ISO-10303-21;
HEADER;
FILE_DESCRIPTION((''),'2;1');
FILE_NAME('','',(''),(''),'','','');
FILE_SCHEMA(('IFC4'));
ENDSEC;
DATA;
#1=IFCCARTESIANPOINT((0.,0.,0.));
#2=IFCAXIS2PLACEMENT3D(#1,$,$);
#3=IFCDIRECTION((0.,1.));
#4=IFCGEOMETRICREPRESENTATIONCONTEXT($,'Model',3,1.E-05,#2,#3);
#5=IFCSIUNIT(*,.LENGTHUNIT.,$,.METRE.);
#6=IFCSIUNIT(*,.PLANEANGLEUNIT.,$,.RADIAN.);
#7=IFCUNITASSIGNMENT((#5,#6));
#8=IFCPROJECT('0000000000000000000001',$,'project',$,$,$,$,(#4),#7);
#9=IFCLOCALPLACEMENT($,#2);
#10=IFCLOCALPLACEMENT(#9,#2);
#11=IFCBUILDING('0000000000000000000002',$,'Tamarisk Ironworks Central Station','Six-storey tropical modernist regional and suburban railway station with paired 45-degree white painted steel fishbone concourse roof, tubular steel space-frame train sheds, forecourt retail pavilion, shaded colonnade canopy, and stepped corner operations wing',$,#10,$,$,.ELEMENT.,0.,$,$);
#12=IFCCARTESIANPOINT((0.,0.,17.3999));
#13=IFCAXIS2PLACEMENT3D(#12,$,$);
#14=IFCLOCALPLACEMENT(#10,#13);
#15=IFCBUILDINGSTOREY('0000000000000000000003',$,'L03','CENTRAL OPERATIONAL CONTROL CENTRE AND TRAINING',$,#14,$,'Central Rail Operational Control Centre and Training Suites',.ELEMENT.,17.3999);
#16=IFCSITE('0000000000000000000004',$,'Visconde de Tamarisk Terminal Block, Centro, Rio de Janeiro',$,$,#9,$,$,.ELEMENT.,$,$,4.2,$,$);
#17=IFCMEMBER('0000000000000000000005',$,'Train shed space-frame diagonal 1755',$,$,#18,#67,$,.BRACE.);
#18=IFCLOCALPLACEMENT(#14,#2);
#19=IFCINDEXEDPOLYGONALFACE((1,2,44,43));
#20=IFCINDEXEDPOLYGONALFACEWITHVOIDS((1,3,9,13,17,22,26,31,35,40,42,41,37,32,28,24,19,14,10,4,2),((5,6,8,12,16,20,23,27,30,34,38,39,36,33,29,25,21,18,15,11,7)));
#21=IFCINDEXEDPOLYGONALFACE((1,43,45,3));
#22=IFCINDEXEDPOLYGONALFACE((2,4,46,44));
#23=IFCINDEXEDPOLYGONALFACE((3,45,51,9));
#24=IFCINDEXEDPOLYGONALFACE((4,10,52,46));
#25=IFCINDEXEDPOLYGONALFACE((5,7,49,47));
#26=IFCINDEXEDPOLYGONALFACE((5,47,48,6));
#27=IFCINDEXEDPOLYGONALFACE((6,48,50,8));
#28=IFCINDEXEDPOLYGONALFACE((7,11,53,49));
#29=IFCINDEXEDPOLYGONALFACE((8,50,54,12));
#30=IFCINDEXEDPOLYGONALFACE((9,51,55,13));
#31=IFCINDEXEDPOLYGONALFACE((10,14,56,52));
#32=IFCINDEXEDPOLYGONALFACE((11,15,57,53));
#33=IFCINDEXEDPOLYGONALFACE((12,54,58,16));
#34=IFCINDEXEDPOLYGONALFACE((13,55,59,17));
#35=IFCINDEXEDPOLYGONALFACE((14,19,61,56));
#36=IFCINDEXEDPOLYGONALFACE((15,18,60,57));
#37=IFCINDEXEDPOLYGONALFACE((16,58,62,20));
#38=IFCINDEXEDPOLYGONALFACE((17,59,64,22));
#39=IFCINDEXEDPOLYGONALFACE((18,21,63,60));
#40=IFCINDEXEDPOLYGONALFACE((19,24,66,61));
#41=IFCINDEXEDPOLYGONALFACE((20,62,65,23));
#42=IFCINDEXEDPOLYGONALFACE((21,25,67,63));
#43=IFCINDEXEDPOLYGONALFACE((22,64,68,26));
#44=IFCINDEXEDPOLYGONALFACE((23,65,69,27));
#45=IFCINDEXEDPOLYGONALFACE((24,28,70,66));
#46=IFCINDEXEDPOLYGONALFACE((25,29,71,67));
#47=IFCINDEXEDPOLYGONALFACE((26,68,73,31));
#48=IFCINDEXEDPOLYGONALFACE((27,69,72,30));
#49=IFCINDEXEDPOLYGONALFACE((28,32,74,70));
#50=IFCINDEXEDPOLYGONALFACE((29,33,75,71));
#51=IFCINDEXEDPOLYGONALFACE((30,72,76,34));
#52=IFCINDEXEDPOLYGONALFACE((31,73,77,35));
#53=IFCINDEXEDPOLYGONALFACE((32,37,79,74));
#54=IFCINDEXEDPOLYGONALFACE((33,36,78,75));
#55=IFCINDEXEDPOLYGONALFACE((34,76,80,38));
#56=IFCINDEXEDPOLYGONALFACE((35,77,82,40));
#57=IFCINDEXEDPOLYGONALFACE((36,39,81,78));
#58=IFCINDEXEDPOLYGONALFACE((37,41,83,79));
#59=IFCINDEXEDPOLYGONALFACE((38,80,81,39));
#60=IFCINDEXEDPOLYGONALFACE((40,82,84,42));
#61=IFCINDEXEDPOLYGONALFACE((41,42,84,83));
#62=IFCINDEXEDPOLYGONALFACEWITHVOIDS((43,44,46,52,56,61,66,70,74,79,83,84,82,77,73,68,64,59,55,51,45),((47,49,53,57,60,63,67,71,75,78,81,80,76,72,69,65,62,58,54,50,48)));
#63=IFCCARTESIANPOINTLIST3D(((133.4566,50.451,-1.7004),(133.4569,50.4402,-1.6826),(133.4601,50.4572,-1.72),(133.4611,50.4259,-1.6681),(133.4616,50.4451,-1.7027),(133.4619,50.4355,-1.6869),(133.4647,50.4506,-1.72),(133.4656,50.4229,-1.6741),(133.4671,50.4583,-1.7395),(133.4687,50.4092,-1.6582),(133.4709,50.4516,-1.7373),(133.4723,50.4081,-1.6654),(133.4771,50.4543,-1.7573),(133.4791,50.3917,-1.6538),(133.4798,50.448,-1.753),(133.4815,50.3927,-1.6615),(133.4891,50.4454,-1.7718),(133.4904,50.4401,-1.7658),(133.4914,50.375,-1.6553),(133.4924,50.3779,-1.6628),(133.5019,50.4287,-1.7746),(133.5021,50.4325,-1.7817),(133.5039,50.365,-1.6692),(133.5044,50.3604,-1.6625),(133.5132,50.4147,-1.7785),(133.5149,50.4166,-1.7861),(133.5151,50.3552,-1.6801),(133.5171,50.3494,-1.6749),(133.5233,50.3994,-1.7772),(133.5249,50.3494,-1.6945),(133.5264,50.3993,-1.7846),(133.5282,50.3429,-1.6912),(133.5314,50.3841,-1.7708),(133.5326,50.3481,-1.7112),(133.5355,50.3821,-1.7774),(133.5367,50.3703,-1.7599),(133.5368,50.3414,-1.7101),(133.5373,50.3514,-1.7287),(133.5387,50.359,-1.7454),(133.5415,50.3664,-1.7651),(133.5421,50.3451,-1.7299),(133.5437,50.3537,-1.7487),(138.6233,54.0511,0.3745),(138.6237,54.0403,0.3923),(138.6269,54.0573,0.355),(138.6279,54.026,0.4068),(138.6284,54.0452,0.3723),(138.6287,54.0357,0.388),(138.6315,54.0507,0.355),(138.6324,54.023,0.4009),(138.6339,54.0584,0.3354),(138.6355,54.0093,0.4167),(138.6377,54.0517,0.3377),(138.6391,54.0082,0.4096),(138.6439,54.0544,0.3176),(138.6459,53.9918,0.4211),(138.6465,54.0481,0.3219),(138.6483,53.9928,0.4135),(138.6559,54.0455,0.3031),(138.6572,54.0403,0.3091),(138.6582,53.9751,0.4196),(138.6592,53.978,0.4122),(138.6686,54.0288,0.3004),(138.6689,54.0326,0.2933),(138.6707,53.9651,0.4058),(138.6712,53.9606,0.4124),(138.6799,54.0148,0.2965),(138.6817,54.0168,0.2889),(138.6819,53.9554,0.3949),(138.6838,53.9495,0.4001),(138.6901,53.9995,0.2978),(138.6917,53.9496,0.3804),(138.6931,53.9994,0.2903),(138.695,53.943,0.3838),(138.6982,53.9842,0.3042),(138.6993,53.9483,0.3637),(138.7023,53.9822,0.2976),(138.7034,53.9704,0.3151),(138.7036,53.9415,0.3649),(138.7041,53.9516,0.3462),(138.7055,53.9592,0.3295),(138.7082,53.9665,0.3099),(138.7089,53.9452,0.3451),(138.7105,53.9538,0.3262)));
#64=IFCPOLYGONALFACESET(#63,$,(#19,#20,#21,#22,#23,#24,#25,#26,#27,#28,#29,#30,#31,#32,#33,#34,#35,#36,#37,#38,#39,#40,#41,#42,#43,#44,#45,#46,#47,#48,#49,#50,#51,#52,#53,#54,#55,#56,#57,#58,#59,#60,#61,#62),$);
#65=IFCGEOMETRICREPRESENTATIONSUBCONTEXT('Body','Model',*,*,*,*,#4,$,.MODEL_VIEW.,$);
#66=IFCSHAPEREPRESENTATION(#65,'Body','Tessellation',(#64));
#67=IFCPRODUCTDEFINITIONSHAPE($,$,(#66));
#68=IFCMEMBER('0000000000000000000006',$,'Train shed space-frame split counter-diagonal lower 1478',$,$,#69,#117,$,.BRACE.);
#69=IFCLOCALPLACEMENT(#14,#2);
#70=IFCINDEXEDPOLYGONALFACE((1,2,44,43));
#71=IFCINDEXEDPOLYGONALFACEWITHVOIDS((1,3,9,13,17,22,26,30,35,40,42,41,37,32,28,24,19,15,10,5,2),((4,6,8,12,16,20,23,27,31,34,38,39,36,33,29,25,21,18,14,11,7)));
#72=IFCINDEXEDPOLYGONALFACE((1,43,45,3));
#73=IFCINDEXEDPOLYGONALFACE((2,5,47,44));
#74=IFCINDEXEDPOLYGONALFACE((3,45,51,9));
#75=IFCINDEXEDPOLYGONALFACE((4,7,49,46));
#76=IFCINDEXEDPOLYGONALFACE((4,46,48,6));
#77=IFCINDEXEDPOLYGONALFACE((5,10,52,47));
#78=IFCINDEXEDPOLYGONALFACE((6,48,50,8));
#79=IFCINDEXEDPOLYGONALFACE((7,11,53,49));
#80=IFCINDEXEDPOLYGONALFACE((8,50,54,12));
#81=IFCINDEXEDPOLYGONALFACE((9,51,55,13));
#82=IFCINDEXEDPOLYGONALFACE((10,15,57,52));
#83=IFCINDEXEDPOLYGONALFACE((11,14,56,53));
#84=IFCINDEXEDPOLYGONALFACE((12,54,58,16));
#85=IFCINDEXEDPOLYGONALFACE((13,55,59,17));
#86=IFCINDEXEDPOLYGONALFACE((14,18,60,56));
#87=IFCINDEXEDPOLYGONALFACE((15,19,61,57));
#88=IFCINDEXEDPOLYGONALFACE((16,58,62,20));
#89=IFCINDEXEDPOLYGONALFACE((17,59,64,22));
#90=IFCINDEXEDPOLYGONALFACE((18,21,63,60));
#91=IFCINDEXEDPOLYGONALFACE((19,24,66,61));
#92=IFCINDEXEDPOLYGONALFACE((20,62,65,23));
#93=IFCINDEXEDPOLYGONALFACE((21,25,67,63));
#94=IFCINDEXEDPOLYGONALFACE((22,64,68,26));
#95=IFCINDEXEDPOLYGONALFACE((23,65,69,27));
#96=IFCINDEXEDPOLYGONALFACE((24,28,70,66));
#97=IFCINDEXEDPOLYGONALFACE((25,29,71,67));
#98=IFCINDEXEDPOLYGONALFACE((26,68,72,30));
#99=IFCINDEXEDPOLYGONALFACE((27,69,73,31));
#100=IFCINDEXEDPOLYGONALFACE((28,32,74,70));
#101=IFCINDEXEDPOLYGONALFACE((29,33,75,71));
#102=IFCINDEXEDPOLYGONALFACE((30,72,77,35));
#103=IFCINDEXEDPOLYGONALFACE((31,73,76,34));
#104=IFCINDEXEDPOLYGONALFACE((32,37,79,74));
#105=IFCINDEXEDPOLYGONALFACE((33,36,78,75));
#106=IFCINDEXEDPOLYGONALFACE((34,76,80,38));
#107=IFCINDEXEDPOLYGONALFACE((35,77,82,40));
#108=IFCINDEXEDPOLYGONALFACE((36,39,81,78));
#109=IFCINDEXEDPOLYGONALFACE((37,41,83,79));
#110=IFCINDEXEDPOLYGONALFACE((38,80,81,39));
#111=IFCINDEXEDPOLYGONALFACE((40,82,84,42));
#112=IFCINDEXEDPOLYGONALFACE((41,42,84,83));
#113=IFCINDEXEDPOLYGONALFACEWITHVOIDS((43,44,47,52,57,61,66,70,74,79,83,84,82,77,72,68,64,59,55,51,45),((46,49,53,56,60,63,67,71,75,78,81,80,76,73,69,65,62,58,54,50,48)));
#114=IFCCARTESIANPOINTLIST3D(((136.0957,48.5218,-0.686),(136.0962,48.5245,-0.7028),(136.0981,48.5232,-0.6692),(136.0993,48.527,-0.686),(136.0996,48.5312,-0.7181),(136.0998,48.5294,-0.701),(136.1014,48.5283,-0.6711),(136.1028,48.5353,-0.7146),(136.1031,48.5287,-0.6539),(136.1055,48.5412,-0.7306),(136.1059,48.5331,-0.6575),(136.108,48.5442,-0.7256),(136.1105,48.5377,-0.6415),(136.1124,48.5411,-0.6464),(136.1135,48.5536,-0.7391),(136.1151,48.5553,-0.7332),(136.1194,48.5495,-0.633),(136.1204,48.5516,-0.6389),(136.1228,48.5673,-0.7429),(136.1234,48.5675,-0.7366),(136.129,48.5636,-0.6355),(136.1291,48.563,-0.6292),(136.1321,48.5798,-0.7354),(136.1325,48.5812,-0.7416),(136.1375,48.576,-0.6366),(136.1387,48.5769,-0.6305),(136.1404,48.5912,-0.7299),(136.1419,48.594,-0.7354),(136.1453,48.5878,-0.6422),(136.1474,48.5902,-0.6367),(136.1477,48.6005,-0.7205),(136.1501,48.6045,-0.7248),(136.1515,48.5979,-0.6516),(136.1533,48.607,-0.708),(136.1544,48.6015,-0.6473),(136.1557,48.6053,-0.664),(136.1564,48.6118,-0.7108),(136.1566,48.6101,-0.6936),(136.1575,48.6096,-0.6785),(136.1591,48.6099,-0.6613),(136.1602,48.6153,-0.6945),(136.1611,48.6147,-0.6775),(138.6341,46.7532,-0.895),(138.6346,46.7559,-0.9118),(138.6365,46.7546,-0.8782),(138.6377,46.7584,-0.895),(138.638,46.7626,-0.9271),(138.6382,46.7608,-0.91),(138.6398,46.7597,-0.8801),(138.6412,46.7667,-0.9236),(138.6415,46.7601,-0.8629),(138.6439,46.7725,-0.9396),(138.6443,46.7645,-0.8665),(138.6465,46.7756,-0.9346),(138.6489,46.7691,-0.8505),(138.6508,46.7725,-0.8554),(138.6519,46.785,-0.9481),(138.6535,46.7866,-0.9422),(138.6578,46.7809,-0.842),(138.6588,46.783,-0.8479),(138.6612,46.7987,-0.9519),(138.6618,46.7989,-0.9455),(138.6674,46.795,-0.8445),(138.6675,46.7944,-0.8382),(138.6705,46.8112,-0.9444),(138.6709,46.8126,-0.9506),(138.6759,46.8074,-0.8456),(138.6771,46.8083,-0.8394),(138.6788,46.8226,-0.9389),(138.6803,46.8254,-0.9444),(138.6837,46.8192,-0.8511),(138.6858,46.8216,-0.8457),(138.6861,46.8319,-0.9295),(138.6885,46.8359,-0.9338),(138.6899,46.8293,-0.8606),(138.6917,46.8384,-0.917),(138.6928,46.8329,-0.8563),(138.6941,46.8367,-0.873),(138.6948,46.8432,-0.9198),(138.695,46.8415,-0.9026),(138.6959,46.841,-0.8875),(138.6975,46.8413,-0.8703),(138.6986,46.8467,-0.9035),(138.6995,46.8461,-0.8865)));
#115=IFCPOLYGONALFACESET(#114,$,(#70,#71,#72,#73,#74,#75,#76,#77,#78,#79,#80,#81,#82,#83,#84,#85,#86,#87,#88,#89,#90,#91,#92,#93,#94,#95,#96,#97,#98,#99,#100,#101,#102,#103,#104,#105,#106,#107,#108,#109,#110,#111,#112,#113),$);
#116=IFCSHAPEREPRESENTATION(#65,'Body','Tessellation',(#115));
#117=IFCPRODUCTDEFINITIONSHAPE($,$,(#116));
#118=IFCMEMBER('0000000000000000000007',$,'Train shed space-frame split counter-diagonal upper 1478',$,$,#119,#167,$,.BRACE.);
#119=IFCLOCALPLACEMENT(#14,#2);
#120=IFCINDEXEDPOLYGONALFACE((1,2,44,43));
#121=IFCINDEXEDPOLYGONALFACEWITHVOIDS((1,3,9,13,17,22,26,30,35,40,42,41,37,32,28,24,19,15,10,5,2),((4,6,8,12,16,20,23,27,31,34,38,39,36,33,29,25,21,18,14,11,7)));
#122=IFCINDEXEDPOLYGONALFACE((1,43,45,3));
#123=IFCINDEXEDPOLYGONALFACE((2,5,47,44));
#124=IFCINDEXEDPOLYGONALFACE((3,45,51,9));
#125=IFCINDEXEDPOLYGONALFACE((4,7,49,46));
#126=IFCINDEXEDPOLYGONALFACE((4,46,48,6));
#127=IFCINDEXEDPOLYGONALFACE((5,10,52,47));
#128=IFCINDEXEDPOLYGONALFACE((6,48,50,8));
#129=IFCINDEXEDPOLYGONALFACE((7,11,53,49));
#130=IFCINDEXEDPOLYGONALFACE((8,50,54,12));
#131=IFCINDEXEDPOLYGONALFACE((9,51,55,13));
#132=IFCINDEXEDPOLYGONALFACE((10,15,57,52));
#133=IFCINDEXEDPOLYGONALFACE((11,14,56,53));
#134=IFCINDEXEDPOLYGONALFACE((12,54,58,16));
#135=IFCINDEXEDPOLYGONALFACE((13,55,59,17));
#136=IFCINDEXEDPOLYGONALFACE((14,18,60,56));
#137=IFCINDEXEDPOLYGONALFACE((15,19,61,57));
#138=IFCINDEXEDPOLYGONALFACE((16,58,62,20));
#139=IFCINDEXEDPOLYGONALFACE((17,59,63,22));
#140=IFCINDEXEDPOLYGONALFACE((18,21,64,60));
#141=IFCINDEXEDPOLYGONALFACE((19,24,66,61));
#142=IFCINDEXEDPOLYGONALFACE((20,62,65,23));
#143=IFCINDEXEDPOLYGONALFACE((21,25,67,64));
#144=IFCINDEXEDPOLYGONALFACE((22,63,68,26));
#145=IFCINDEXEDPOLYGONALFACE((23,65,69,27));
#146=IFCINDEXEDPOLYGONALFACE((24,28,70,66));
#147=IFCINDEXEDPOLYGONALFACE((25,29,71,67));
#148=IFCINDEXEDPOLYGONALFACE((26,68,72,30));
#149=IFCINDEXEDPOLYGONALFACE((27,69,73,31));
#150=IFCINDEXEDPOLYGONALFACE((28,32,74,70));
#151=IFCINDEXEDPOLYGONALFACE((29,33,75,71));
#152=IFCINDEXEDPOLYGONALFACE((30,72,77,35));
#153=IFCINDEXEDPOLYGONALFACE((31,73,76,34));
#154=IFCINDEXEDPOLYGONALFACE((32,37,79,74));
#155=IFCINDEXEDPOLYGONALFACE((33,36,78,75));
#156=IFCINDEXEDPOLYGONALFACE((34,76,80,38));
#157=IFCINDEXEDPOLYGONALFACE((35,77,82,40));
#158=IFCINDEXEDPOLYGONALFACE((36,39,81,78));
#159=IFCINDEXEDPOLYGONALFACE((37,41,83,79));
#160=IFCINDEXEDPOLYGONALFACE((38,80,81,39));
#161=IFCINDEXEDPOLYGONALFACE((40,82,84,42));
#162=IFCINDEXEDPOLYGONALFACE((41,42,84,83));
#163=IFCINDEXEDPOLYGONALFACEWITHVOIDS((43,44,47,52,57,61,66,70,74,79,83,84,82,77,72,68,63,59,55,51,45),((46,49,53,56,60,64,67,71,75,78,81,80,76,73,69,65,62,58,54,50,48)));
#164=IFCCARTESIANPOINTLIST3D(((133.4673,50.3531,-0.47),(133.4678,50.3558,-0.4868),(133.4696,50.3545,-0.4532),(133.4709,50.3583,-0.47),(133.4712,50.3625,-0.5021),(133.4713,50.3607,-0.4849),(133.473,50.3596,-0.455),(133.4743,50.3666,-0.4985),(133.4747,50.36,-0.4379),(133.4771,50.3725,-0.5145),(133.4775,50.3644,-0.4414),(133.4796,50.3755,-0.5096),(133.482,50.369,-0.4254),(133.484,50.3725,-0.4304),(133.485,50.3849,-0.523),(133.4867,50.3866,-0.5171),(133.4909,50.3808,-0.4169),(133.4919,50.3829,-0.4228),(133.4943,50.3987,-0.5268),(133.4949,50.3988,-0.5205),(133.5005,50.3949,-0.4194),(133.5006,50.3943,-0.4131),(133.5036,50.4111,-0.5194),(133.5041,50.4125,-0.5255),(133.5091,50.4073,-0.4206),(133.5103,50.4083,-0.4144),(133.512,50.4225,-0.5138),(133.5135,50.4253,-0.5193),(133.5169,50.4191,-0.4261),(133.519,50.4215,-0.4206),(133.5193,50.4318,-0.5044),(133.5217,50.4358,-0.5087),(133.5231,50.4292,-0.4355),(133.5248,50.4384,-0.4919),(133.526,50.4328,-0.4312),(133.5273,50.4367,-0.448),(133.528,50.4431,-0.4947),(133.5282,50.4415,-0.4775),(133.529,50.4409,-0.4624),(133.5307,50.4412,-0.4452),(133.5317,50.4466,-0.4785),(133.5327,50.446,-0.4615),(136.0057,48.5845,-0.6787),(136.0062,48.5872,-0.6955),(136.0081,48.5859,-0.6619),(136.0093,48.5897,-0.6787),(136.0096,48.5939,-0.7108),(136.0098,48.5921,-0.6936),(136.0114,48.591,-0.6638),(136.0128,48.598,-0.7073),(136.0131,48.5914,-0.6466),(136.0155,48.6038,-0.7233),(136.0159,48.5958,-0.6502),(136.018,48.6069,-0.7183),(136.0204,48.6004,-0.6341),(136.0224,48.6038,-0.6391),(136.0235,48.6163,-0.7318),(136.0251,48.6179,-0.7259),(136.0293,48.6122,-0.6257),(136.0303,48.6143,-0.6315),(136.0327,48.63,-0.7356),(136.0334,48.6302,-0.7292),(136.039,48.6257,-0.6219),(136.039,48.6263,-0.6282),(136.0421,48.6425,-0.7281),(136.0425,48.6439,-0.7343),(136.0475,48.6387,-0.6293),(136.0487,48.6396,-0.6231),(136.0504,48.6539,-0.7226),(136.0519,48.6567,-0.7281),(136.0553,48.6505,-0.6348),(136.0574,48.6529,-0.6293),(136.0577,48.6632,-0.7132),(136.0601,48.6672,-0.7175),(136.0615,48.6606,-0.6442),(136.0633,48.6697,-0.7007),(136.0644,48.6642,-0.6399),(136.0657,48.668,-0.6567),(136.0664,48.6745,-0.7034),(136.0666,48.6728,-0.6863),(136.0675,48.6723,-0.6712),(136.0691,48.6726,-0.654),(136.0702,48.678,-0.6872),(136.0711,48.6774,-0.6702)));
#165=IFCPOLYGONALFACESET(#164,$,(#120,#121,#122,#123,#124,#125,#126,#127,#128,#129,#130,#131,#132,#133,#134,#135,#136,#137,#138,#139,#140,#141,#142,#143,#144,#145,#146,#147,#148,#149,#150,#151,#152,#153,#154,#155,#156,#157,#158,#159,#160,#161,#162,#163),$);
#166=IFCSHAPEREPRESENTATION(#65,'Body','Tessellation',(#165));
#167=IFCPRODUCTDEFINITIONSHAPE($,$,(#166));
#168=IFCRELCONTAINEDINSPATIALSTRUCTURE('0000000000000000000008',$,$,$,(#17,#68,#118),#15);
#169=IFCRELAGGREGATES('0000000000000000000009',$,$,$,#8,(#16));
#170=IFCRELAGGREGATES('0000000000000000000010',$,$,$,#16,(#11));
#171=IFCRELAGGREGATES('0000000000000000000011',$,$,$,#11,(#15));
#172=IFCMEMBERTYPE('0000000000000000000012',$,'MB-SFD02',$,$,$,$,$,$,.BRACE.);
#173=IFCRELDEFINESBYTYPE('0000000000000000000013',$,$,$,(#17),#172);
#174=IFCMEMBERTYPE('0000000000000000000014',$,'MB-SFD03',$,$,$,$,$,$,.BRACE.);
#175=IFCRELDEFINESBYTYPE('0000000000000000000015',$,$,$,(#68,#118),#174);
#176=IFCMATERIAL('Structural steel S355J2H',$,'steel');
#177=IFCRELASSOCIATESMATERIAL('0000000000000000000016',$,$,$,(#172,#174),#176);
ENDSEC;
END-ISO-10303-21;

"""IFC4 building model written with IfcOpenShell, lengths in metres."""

from ifc_helpers import new_model, si_unit, direction, frame, origin, origin_2d, place, context, subcontext, project, spatial, hollow_circle, extrude, material, material_profile, profile_set, type_object, element, save


model = new_model("IFC4")

# Units and contexts
model_context = context("Model", 3, precision=1e-05, world=origin(), true_north=direction((0.0, 1.0)))
body_context = subcontext(model_context, "Body", "Model", "MODEL_VIEW")
ifc_project = project(units=[si_unit("LENGTHUNIT", "METRE"), si_unit("PLANEANGLEUNIT", "RADIAN")], contexts=[model_context])

# Site, building, storey
site_placement = place(None, origin())
site = spatial("IfcSite", under=ifc_project, at=site_placement, Name="Visconde de Tamarisk Terminal Block, Centro, Rio de Janeiro", CompositionType="ELEMENT", RefElevation=4.2)
building_placement = place(site_placement, origin())
building = spatial("IfcBuilding", under=site, at=building_placement, Name="Tamarisk Ironworks Central Station", Description="Six-storey tropical modernist regional and suburban railway station with paired 45-degree white painted steel fishbone concourse roof, tubular steel space-frame train sheds, forecourt retail pavilion, shaded colonnade canopy, and stepped corner operations wing", CompositionType="ELEMENT", ElevationOfRefHeight=0.0)
storey_placement = place(building_placement, frame((0.0, 0.0, 17.3999)))
storey = spatial("IfcBuildingStorey", under=building, at=storey_placement, Name="L03", Description="CENTRAL OPERATIONAL CONTROL CENTRE AND TRAINING", LongName="Central Rail Operational Control Centre and Training Suites", CompositionType="ELEMENT", Elevation=17.3999)

# Members
ifc_material = material(Name="Structural steel S355J2H", Category="steel")
ifc_material_profile_1 = material_profile(ifc_material, hollow_circle(Radius=0.0698, WallThickness=0.0081, at=origin_2d()), Name="CHS 139.7x8")
ifc_profile_set_1 = profile_set([ifc_material_profile_1], Name="Structural steel S355J2H")
member_type_1 = type_object("IfcMemberType", Name="MB-SFD02", PredefinedType="BRACE", material=ifc_profile_set_1)
member_1_placement = place(storey_placement, frame((133.5, 50.3999, -1.72), z_axis=(0.779258, 0.542973, 0.312948), x_axis=(-0.571689, 0.82047, 0.0)))
element("IfcMember", 1, at=member_1_placement, inside=storey, type_object=member_type_1, Name="Train shed space-frame diagonal 1755", PredefinedType="BRACE", context=body_context, shape_type="SweptSolid", body=[
    extrude(hollow_circle(Radius=0.0698, WallThickness=0.0081, at=origin_2d()), origin(), (0.0, 0.0, 1.0), 6.6304),
])
ifc_material_profile_2 = material_profile(ifc_material, hollow_circle(Radius=0.0571, WallThickness=0.0063, at=origin_2d()), Name="CHS 114.3x6.3")
ifc_profile_set_2 = profile_set([ifc_material_profile_2], Name="Structural steel S355J2H")
member_type_2 = type_object("IfcMemberType", Name="MB-SFD03", PredefinedType="BRACE", material=ifc_profile_set_2)
for number, where, z_axis, x_axis, name in (
    (2, (138.6667, 46.8, -0.895), (-0.818621, 0.570366, 0.067398), (-0.571666, -0.820487, 0.0), "Train shed space-frame split counter-diagonal lower 1478"),
    (3, (136.0383, 48.6313, -0.6787), (-0.818625, 0.570369, 0.06732), (-0.571666, -0.820487, 0.0), "Train shed space-frame split counter-diagonal upper 1478"),
):
    element("IfcMember", number, at=place(storey_placement, frame(where, z_axis=z_axis, x_axis=x_axis)), inside=storey, type_object=member_type_2, Name=name, PredefinedType="BRACE", context=body_context, shape_type="SweptSolid", body=[
        extrude(hollow_circle(Radius=0.0571, WallThickness=0.0063, at=origin_2d()), origin(), (0.0, 0.0, 1.0), 3.1008),
    ])

save(model, "model.ifc")
